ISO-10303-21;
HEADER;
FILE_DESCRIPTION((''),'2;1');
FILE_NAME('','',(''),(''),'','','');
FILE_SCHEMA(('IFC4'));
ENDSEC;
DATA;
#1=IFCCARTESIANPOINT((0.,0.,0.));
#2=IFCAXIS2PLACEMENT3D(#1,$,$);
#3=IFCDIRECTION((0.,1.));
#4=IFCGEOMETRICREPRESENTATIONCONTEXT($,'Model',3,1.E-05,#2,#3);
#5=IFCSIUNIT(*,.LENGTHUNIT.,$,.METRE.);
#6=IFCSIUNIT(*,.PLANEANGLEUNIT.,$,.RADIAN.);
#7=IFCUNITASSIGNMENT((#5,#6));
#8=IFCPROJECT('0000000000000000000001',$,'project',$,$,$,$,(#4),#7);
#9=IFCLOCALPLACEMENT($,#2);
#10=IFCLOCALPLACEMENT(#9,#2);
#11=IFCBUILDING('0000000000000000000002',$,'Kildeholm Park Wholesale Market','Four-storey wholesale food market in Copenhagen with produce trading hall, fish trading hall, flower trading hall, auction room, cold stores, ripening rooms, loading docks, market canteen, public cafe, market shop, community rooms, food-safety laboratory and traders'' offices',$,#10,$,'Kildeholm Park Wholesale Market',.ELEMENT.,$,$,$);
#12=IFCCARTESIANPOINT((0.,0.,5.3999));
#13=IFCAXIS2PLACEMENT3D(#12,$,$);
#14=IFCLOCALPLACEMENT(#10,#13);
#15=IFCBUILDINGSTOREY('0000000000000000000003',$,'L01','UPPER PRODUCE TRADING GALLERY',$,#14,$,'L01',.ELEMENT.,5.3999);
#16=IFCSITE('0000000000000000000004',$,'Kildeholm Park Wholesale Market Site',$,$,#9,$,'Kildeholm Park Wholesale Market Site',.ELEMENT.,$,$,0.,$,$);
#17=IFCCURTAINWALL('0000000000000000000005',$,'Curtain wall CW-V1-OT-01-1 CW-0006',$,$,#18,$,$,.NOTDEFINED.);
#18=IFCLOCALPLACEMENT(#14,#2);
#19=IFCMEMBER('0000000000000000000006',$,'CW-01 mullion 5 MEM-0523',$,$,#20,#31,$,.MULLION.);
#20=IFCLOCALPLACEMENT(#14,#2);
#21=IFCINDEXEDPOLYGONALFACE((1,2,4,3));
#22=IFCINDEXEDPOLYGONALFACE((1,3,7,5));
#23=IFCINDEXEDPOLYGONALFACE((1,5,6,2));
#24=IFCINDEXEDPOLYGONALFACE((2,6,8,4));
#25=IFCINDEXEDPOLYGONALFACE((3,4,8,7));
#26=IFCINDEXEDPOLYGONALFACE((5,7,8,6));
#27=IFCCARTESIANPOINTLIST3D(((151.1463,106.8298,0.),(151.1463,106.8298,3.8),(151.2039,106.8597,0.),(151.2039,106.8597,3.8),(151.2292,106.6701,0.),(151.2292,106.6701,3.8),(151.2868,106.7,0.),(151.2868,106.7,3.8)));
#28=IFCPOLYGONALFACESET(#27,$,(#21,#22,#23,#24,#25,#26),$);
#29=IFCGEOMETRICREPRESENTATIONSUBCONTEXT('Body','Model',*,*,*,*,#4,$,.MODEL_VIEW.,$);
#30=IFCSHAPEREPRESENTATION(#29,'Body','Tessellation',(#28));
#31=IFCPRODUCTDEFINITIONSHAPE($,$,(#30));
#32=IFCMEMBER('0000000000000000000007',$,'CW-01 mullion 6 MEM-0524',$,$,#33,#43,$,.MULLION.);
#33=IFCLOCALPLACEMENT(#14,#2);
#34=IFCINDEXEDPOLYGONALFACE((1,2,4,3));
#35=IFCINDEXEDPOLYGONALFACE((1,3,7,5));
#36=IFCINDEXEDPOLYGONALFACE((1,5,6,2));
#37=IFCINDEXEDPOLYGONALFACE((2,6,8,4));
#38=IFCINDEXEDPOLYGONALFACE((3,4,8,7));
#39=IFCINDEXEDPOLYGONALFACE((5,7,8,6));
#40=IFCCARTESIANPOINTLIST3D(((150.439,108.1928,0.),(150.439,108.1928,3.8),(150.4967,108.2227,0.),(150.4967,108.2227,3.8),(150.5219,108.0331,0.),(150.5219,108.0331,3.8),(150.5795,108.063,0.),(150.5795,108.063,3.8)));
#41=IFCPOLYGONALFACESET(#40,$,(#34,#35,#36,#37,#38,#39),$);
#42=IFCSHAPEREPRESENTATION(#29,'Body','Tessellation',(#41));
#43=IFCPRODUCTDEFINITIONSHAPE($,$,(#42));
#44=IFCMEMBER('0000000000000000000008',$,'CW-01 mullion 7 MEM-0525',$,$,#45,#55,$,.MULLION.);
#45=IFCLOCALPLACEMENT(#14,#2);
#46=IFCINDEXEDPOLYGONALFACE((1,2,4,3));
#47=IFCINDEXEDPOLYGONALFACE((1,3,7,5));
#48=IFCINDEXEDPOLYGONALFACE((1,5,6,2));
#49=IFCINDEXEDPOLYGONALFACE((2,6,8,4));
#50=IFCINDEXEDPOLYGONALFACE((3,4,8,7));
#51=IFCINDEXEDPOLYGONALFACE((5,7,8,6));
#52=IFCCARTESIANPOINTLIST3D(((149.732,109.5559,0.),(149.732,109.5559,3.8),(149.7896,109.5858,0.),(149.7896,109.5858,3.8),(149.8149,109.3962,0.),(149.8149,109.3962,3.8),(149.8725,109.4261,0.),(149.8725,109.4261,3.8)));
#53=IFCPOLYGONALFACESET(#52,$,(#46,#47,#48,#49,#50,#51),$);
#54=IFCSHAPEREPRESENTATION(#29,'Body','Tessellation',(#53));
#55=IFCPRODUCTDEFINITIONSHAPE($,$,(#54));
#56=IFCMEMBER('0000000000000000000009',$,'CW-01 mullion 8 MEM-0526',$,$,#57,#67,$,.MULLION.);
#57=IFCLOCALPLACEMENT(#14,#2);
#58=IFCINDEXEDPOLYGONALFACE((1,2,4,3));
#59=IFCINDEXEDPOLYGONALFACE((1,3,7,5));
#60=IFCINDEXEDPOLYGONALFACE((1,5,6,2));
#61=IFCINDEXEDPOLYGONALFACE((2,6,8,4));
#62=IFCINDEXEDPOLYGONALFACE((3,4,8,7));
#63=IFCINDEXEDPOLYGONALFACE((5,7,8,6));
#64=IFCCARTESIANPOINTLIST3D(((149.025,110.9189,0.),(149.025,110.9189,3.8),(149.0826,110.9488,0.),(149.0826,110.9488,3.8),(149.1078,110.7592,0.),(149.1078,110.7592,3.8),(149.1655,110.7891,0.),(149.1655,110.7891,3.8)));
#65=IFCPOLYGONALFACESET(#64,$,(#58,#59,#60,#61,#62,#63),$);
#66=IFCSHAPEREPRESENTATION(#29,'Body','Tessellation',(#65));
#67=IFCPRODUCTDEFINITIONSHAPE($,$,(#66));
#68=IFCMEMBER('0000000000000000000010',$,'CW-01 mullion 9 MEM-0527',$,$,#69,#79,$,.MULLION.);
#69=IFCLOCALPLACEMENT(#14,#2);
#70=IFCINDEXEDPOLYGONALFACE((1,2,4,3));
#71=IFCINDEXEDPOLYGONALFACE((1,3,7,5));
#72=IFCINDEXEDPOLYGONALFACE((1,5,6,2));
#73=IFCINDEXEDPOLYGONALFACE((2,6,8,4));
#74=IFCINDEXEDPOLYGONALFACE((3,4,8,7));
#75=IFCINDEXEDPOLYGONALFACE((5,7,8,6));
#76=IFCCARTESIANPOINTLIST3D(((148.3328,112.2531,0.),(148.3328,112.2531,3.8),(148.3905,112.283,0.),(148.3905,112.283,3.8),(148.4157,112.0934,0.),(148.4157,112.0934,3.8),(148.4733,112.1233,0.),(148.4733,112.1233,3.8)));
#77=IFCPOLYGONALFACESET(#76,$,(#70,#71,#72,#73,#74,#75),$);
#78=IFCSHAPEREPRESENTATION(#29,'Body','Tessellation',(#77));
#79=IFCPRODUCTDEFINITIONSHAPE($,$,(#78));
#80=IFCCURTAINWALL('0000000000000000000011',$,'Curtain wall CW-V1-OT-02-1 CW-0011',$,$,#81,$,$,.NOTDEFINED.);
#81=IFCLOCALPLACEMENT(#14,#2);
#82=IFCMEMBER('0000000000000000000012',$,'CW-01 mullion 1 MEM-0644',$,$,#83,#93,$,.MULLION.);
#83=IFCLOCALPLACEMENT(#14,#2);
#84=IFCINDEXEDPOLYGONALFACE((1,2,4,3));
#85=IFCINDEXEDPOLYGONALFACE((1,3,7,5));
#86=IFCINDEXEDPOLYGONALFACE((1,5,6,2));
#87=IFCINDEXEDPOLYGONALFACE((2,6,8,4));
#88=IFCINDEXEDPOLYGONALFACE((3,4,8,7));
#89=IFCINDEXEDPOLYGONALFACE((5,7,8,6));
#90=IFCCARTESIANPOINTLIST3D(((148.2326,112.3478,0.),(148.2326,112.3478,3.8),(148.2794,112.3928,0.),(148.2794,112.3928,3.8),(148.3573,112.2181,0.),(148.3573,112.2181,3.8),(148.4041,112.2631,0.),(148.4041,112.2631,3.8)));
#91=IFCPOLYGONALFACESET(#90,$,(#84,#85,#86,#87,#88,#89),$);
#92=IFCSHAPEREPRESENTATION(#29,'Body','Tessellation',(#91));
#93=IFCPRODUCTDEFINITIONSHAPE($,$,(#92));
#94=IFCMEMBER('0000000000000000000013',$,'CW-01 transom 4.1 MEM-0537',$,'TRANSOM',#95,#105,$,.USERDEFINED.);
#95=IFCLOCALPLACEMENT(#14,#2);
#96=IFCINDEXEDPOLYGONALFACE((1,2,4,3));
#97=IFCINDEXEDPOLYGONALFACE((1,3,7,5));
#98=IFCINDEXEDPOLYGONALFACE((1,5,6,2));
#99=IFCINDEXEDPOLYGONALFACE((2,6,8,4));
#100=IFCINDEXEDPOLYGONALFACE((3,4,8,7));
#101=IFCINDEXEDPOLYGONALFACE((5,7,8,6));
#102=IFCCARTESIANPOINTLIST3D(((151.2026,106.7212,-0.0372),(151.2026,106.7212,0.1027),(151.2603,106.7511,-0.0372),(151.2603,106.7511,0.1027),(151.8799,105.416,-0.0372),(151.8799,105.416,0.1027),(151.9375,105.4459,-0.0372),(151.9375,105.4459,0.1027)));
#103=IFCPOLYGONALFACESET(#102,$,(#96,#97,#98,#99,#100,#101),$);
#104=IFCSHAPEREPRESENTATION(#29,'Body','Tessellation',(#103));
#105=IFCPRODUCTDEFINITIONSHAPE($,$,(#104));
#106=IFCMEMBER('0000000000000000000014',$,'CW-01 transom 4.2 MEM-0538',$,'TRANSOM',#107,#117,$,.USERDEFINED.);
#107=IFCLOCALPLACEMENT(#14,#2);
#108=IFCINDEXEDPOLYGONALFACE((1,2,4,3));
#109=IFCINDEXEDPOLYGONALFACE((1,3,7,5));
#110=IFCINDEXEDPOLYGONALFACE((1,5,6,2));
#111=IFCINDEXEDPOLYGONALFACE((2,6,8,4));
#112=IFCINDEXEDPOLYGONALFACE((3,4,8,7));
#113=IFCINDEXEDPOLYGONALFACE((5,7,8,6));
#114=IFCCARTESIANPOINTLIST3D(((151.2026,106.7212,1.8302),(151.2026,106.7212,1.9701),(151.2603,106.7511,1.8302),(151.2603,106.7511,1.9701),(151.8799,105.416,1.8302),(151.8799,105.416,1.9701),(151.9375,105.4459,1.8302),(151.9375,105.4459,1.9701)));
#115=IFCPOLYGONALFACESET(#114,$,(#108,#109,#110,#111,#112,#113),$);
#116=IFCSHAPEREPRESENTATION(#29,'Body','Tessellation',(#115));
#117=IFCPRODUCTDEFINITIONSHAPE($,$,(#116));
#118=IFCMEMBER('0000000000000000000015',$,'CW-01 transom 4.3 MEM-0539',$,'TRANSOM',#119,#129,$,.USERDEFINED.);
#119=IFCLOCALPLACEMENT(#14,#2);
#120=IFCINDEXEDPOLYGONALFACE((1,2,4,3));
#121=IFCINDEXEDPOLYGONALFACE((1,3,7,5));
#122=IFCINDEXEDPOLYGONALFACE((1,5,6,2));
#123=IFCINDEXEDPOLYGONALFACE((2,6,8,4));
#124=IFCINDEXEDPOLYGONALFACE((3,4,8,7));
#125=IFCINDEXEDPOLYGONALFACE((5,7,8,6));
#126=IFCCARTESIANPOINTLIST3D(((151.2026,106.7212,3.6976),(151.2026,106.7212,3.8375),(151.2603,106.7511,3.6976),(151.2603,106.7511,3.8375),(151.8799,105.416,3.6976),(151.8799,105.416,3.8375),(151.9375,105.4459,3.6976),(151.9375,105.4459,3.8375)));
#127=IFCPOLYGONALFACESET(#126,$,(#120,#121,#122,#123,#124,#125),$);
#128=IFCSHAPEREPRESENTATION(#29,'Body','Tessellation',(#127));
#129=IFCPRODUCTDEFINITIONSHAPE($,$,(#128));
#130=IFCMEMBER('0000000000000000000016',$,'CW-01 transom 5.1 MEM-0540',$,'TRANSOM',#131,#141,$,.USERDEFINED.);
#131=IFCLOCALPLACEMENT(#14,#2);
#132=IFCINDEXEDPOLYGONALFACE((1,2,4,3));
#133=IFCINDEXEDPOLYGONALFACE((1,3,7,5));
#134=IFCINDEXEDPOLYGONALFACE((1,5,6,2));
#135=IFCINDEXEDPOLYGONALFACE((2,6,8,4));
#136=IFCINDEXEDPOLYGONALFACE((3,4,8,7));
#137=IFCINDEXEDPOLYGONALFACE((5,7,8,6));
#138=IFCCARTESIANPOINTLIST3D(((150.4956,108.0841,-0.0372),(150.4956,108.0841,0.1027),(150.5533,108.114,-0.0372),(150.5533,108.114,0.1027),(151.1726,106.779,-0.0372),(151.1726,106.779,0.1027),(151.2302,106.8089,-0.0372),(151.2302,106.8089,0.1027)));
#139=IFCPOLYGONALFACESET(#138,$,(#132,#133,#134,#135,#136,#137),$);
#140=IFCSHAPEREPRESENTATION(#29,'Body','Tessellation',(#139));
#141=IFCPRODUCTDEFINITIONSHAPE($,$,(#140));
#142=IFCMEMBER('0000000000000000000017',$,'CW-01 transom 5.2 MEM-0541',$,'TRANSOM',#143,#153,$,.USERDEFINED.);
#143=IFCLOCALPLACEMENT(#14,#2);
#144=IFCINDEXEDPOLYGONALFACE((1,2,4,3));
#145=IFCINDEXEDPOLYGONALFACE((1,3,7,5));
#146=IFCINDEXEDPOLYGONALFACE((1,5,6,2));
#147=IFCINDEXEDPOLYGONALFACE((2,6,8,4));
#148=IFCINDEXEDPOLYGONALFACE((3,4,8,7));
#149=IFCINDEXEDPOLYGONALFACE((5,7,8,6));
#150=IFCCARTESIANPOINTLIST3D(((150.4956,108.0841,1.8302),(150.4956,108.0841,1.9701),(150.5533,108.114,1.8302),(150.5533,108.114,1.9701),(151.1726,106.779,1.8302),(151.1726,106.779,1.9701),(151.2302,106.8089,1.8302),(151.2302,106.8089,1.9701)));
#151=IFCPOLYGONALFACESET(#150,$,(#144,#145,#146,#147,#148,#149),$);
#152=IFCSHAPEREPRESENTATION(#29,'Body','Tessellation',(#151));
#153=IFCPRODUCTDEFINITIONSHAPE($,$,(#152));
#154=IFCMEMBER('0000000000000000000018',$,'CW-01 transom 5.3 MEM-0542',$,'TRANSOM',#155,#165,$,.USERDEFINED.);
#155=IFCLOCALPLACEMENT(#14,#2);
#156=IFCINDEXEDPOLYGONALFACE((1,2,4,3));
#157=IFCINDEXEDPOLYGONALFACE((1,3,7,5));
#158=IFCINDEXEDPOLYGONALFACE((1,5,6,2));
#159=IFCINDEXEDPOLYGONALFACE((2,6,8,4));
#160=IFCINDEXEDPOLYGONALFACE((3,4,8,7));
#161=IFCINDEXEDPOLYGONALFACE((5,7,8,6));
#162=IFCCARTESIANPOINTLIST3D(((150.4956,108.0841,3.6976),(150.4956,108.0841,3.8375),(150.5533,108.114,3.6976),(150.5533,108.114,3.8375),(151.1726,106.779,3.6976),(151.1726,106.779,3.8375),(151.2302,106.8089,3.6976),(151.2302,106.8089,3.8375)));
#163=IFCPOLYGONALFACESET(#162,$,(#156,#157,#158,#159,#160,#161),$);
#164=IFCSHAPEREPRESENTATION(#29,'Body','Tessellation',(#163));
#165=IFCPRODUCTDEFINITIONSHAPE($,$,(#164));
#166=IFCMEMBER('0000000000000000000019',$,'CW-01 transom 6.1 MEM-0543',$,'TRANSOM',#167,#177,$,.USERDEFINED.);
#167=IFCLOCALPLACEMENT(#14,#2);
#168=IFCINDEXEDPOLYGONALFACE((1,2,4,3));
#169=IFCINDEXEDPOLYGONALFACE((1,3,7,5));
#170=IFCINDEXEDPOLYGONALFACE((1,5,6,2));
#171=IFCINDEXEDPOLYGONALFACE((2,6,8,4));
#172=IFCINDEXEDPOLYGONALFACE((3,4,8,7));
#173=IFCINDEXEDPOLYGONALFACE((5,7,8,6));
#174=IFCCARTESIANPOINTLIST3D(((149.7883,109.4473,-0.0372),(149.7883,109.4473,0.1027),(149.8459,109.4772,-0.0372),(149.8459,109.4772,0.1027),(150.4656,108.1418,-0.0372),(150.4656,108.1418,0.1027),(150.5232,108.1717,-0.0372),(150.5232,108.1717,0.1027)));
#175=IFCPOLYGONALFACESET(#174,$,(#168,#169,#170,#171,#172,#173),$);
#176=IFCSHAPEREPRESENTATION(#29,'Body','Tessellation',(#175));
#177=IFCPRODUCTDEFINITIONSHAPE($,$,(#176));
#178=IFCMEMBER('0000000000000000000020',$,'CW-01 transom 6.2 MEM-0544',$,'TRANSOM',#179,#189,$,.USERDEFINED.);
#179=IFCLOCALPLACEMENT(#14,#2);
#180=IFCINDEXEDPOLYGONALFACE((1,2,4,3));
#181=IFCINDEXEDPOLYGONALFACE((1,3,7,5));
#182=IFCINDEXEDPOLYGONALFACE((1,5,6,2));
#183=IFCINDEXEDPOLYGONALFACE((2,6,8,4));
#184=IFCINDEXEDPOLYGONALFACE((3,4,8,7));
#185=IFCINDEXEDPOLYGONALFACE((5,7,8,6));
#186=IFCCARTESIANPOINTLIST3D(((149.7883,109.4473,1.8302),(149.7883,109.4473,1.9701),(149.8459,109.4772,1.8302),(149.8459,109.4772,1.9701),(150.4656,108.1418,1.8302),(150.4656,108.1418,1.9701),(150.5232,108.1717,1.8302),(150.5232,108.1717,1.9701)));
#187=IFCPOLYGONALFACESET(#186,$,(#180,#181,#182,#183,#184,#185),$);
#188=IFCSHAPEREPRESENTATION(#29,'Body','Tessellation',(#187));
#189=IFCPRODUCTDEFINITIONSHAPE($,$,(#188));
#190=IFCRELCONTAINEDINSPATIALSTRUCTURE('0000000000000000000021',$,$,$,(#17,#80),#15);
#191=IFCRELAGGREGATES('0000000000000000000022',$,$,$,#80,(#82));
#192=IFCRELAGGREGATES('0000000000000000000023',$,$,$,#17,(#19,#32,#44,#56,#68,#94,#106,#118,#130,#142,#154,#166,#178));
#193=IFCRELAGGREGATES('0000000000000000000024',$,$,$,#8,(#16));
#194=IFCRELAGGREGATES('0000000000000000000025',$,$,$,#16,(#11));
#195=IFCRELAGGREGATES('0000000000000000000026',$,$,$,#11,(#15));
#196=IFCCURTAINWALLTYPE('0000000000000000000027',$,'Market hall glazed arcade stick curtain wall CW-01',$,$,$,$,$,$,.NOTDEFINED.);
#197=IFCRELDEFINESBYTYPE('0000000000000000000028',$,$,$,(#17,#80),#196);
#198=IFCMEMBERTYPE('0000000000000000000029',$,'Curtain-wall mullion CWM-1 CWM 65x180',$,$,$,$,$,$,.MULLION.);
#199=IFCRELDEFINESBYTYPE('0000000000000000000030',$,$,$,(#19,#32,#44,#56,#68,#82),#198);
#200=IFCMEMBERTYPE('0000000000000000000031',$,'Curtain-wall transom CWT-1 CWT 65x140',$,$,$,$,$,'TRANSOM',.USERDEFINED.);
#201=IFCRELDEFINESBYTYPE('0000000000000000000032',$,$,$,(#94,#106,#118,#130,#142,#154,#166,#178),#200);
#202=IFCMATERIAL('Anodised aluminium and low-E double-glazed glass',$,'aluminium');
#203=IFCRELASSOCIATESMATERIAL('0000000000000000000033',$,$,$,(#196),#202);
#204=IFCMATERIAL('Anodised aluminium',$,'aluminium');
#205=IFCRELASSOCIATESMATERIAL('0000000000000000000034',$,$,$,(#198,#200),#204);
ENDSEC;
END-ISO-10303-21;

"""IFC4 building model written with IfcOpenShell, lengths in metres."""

from ifc_helpers import new_model, si_unit, direction, frame, origin, origin_2d, place, context, subcontext, project, spatial, rectangle, extrude, material, material_profile, profile_set, type_object, element, aggregate, save


model = new_model("IFC4")

# Units and contexts
model_context = context("Model", 3, precision=1e-05, world=origin(), true_north=direction((0.0, 1.0)))
body_context = subcontext(model_context, "Body", "Model", "MODEL_VIEW")
ifc_project = project(units=[si_unit("LENGTHUNIT", "METRE"), si_unit("PLANEANGLEUNIT", "RADIAN")], contexts=[model_context])

# Site, building, storey
site_placement = place(None, origin())
site = spatial("IfcSite", under=ifc_project, at=site_placement, Name="Kildeholm Park Wholesale Market Site", LongName="Kildeholm Park Wholesale Market Site", CompositionType="ELEMENT", RefElevation=0.0)
building_placement = place(site_placement, origin())
building = spatial("IfcBuilding", under=site, at=building_placement, Name="Kildeholm Park Wholesale Market", Description="Four-storey wholesale food market in Copenhagen with produce trading hall, fish trading hall, flower trading hall, auction room, cold stores, ripening rooms, loading docks, market canteen, public cafe, market shop, community rooms, food-safety laboratory and traders' offices", LongName="Kildeholm Park Wholesale Market", CompositionType="ELEMENT")
storey_placement = place(building_placement, frame((0.0, 0.0, 5.3999)))
storey = spatial("IfcBuildingStorey", under=building, at=storey_placement, Name="L01", Description="UPPER PRODUCE TRADING GALLERY", LongName="L01", CompositionType="ELEMENT", Elevation=5.3999)

# Curtain wall, members
ifc_material_1 = material(Name="Anodised aluminium and low-E double-glazed glass", Category="aluminium")
curtain_wall_type = type_object("IfcCurtainWallType", Name="Market hall glazed arcade stick curtain wall CW-01", PredefinedType="NOTDEFINED", material=ifc_material_1)
curtain_wall_1_placement = place(storey_placement, origin())
curtain_wall_1 = element("IfcCurtainWall", 1, at=curtain_wall_1_placement, inside=storey, type_object=curtain_wall_type, Name="Curtain wall CW-V1-OT-01-1 CW-0006", PredefinedType="NOTDEFINED")
ifc_material_2 = material(Name="Anodised aluminium", Category="aluminium")
ifc_material_profile_1 = material_profile(ifc_material_2, rectangle(XDim=0.0649, YDim=0.1799, at=origin_2d()), Name="CWM 65x180")
ifc_profile_set_1 = profile_set([ifc_material_profile_1], Name="Anodised aluminium")
member_type_1 = type_object("IfcMemberType", Name="Curtain-wall mullion CWM-1 CWM 65x180", PredefinedType="MULLION", material=ifc_profile_set_1)
member_1_placement = place(storey_placement, frame((151.2166, 106.7649, 0.0), z_axis=(0.0, 0.0, 1.0), x_axis=(-0.887652, -0.460514, 0.0)))
member_1 = element("IfcMember", 2, at=member_1_placement, type_object=member_type_1, Name="CW-01 mullion 5 MEM-0523", PredefinedType="MULLION", context=body_context, shape_type="SweptSolid", body=[
    extrude(rectangle(XDim=0.0649, YDim=0.1799, at=origin_2d()), origin(), (0.0, 0.0, 1.0), 3.8),
])
member_2_placement = place(storey_placement, frame((150.5093, 108.1279, 0.0), z_axis=(0.0, 0.0, 1.0), x_axis=(-0.887652, -0.460514, 0.0)))
member_2 = element("IfcMember", 3, at=member_2_placement, type_object=member_type_1, Name="CW-01 mullion 6 MEM-0524", PredefinedType="MULLION", context=body_context, shape_type="SweptSolid", body=[
    extrude(rectangle(XDim=0.0649, YDim=0.1799, at=origin_2d()), origin(), (0.0, 0.0, 1.0), 3.8),
])
member_3_placement = place(storey_placement, frame((149.8022, 109.491, 0.0), z_axis=(0.0, 0.0, 1.0), x_axis=(-0.887652, -0.460514, 0.0)))
member_3 = element("IfcMember", 4, at=member_3_placement, type_object=member_type_1, Name="CW-01 mullion 7 MEM-0525", PredefinedType="MULLION", context=body_context, shape_type="SweptSolid", body=[
    extrude(rectangle(XDim=0.0649, YDim=0.1799, at=origin_2d()), origin(), (0.0, 0.0, 1.0), 3.8),
])
member_4_placement = place(storey_placement, frame((149.0952, 110.854, 0.0), z_axis=(0.0, 0.0, 1.0), x_axis=(-0.887652, -0.460514, 0.0)))
member_4 = element("IfcMember", 5, at=member_4_placement, type_object=member_type_1, Name="CW-01 mullion 8 MEM-0526", PredefinedType="MULLION", context=body_context, shape_type="SweptSolid", body=[
    extrude(rectangle(XDim=0.0649, YDim=0.1799, at=origin_2d()), origin(), (0.0, 0.0, 1.0), 3.8),
])
member_5_placement = place(storey_placement, frame((148.4031, 112.1882, 0.0), z_axis=(0.0, 0.0, 1.0), x_axis=(-0.887652, -0.460514, 0.0)))
member_5 = element("IfcMember", 6, at=member_5_placement, type_object=member_type_1, Name="CW-01 mullion 9 MEM-0527", PredefinedType="MULLION", context=body_context, shape_type="SweptSolid", body=[
    extrude(rectangle(XDim=0.0649, YDim=0.1799, at=origin_2d()), origin(), (0.0, 0.0, 1.0), 3.8),
])

# Curtain wall, member
curtain_wall_2_placement = place(storey_placement, origin())
curtain_wall_2 = element("IfcCurtainWall", 7, at=curtain_wall_2_placement, inside=storey, type_object=curtain_wall_type, Name="Curtain wall CW-V1-OT-02-1 CW-0011", PredefinedType="NOTDEFINED")
member_6_placement = place(storey_placement, frame((148.3184, 112.3054, 0.0), z_axis=(0.0, 0.0, 1.0), x_axis=(-0.720901, -0.693038, 0.0)))
member_6 = element("IfcMember", 8, at=member_6_placement, type_object=member_type_1, Name="CW-01 mullion 1 MEM-0644", PredefinedType="MULLION", context=body_context, shape_type="SweptSolid", body=[
    extrude(rectangle(XDim=0.0649, YDim=0.1799, at=origin_2d()), origin(), (0.0, 0.0, 1.0), 3.8),
])

# Members
ifc_material_profile_2 = material_profile(ifc_material_2, rectangle(XDim=0.0649, YDim=0.1399, at=origin_2d()), Name="CWT 65x140")
ifc_profile_set_2 = profile_set([ifc_material_profile_2], Name="Anodised aluminium")
member_type_2 = type_object("IfcMemberType", Name="Curtain-wall transom CWT-1 CWT 65x140", ElementType="TRANSOM", PredefinedType="USERDEFINED", material=ifc_profile_set_2)
member_7_placement = place(storey_placement, frame((151.9087, 105.4309, 0.0327), z_axis=(-0.460579, 0.887619, 0.0), x_axis=(-0.887619, -0.460579, 0.0)))
member_7 = element("IfcMember", 9, at=member_7_placement, type_object=member_type_2, Name="CW-01 transom 4.1 MEM-0537", ObjectType="TRANSOM", PredefinedType="USERDEFINED", context=body_context, shape_type="SweptSolid", body=[
    extrude(rectangle(XDim=0.0649, YDim=0.1399, at=origin_2d()), origin(), (0.0, 0.0, 1.0), 1.4705),
])
member_8_placement = place(storey_placement, frame((151.9087, 105.4309, 1.9001), z_axis=(-0.460579, 0.887619, 0.0), x_axis=(-0.887619, -0.460579, 0.0)))
member_8 = element("IfcMember", 10, at=member_8_placement, type_object=member_type_2, Name="CW-01 transom 4.2 MEM-0538", ObjectType="TRANSOM", PredefinedType="USERDEFINED", context=body_context, shape_type="SweptSolid", body=[
    extrude(rectangle(XDim=0.0649, YDim=0.1399, at=origin_2d()), origin(), (0.0, 0.0, 1.0), 1.4705),
])
member_9_placement = place(storey_placement, frame((151.9087, 105.4309, 3.7676), z_axis=(-0.460579, 0.887619, 0.0), x_axis=(-0.887619, -0.460579, 0.0)))
member_9 = element("IfcMember", 11, at=member_9_placement, type_object=member_type_2, Name="CW-01 transom 4.3 MEM-0539", ObjectType="TRANSOM", PredefinedType="USERDEFINED", context=body_context, shape_type="SweptSolid", body=[
    extrude(rectangle(XDim=0.0649, YDim=0.1399, at=origin_2d()), origin(), (0.0, 0.0, 1.0), 1.4705),
])
member_10_placement = place(storey_placement, frame((151.2014, 106.7939, 0.0327), z_axis=(-0.460448, 0.887687, 0.0), x_axis=(-0.887687, -0.460448, 0.0)))
member_10 = element("IfcMember", 12, at=member_10_placement, type_object=member_type_2, Name="CW-01 transom 5.1 MEM-0540", ObjectType="TRANSOM", PredefinedType="USERDEFINED", context=body_context, shape_type="SweptSolid", body=[
    extrude(rectangle(XDim=0.0649, YDim=0.1399, at=origin_2d()), origin(), (0.0, 0.0, 1.0), 1.4702),
])
member_11_placement = place(storey_placement, frame((151.2014, 106.7939, 1.9001), z_axis=(-0.460448, 0.887687, 0.0), x_axis=(-0.887687, -0.460448, 0.0)))
member_11 = element("IfcMember", 13, at=member_11_placement, type_object=member_type_2, Name="CW-01 transom 5.2 MEM-0541", ObjectType="TRANSOM", PredefinedType="USERDEFINED", context=body_context, shape_type="SweptSolid", body=[
    extrude(rectangle(XDim=0.0649, YDim=0.1399, at=origin_2d()), origin(), (0.0, 0.0, 1.0), 1.4702),
])
member_12_placement = place(storey_placement, frame((151.2014, 106.7939, 3.7676), z_axis=(-0.460448, 0.887687, 0.0), x_axis=(-0.887687, -0.460448, 0.0)))
member_12 = element("IfcMember", 14, at=member_12_placement, type_object=member_type_2, Name="CW-01 transom 5.3 MEM-0542", ObjectType="TRANSOM", PredefinedType="USERDEFINED", context=body_context, shape_type="SweptSolid", body=[
    extrude(rectangle(XDim=0.0649, YDim=0.1399, at=origin_2d()), origin(), (0.0, 0.0, 1.0), 1.4702),
])
member_13_placement = place(storey_placement, frame((150.4944, 108.1567, 0.0327), z_axis=(-0.460511, 0.887654, 0.0), x_axis=(-0.887654, -0.460511, 0.0)))
member_13 = element("IfcMember", 15, at=member_13_placement, type_object=member_type_2, Name="CW-01 transom 6.1 MEM-0543", ObjectType="TRANSOM", PredefinedType="USERDEFINED", context=body_context, shape_type="SweptSolid", body=[
    extrude(rectangle(XDim=0.0649, YDim=0.1399, at=origin_2d()), origin(), (0.0, 0.0, 1.0), 1.4707),
])
member_14_placement = place(storey_placement, frame((150.4944, 108.1567, 1.9001), z_axis=(-0.460511, 0.887654, 0.0), x_axis=(-0.887654, -0.460511, 0.0)))
member_14 = element("IfcMember", 16, at=member_14_placement, type_object=member_type_2, Name="CW-01 transom 6.2 MEM-0544", ObjectType="TRANSOM", PredefinedType="USERDEFINED", context=body_context, shape_type="SweptSolid", body=[
    extrude(rectangle(XDim=0.0649, YDim=0.1399, at=origin_2d()), origin(), (0.0, 0.0, 1.0), 1.4707),
])
aggregate(curtain_wall_2, [member_6])

aggregate(curtain_wall_1, [member_1, member_2, member_3, member_4, member_5, member_7, member_8, member_9, member_10, member_11, member_12, member_13, member_14])

save(model, "model.ifc")
